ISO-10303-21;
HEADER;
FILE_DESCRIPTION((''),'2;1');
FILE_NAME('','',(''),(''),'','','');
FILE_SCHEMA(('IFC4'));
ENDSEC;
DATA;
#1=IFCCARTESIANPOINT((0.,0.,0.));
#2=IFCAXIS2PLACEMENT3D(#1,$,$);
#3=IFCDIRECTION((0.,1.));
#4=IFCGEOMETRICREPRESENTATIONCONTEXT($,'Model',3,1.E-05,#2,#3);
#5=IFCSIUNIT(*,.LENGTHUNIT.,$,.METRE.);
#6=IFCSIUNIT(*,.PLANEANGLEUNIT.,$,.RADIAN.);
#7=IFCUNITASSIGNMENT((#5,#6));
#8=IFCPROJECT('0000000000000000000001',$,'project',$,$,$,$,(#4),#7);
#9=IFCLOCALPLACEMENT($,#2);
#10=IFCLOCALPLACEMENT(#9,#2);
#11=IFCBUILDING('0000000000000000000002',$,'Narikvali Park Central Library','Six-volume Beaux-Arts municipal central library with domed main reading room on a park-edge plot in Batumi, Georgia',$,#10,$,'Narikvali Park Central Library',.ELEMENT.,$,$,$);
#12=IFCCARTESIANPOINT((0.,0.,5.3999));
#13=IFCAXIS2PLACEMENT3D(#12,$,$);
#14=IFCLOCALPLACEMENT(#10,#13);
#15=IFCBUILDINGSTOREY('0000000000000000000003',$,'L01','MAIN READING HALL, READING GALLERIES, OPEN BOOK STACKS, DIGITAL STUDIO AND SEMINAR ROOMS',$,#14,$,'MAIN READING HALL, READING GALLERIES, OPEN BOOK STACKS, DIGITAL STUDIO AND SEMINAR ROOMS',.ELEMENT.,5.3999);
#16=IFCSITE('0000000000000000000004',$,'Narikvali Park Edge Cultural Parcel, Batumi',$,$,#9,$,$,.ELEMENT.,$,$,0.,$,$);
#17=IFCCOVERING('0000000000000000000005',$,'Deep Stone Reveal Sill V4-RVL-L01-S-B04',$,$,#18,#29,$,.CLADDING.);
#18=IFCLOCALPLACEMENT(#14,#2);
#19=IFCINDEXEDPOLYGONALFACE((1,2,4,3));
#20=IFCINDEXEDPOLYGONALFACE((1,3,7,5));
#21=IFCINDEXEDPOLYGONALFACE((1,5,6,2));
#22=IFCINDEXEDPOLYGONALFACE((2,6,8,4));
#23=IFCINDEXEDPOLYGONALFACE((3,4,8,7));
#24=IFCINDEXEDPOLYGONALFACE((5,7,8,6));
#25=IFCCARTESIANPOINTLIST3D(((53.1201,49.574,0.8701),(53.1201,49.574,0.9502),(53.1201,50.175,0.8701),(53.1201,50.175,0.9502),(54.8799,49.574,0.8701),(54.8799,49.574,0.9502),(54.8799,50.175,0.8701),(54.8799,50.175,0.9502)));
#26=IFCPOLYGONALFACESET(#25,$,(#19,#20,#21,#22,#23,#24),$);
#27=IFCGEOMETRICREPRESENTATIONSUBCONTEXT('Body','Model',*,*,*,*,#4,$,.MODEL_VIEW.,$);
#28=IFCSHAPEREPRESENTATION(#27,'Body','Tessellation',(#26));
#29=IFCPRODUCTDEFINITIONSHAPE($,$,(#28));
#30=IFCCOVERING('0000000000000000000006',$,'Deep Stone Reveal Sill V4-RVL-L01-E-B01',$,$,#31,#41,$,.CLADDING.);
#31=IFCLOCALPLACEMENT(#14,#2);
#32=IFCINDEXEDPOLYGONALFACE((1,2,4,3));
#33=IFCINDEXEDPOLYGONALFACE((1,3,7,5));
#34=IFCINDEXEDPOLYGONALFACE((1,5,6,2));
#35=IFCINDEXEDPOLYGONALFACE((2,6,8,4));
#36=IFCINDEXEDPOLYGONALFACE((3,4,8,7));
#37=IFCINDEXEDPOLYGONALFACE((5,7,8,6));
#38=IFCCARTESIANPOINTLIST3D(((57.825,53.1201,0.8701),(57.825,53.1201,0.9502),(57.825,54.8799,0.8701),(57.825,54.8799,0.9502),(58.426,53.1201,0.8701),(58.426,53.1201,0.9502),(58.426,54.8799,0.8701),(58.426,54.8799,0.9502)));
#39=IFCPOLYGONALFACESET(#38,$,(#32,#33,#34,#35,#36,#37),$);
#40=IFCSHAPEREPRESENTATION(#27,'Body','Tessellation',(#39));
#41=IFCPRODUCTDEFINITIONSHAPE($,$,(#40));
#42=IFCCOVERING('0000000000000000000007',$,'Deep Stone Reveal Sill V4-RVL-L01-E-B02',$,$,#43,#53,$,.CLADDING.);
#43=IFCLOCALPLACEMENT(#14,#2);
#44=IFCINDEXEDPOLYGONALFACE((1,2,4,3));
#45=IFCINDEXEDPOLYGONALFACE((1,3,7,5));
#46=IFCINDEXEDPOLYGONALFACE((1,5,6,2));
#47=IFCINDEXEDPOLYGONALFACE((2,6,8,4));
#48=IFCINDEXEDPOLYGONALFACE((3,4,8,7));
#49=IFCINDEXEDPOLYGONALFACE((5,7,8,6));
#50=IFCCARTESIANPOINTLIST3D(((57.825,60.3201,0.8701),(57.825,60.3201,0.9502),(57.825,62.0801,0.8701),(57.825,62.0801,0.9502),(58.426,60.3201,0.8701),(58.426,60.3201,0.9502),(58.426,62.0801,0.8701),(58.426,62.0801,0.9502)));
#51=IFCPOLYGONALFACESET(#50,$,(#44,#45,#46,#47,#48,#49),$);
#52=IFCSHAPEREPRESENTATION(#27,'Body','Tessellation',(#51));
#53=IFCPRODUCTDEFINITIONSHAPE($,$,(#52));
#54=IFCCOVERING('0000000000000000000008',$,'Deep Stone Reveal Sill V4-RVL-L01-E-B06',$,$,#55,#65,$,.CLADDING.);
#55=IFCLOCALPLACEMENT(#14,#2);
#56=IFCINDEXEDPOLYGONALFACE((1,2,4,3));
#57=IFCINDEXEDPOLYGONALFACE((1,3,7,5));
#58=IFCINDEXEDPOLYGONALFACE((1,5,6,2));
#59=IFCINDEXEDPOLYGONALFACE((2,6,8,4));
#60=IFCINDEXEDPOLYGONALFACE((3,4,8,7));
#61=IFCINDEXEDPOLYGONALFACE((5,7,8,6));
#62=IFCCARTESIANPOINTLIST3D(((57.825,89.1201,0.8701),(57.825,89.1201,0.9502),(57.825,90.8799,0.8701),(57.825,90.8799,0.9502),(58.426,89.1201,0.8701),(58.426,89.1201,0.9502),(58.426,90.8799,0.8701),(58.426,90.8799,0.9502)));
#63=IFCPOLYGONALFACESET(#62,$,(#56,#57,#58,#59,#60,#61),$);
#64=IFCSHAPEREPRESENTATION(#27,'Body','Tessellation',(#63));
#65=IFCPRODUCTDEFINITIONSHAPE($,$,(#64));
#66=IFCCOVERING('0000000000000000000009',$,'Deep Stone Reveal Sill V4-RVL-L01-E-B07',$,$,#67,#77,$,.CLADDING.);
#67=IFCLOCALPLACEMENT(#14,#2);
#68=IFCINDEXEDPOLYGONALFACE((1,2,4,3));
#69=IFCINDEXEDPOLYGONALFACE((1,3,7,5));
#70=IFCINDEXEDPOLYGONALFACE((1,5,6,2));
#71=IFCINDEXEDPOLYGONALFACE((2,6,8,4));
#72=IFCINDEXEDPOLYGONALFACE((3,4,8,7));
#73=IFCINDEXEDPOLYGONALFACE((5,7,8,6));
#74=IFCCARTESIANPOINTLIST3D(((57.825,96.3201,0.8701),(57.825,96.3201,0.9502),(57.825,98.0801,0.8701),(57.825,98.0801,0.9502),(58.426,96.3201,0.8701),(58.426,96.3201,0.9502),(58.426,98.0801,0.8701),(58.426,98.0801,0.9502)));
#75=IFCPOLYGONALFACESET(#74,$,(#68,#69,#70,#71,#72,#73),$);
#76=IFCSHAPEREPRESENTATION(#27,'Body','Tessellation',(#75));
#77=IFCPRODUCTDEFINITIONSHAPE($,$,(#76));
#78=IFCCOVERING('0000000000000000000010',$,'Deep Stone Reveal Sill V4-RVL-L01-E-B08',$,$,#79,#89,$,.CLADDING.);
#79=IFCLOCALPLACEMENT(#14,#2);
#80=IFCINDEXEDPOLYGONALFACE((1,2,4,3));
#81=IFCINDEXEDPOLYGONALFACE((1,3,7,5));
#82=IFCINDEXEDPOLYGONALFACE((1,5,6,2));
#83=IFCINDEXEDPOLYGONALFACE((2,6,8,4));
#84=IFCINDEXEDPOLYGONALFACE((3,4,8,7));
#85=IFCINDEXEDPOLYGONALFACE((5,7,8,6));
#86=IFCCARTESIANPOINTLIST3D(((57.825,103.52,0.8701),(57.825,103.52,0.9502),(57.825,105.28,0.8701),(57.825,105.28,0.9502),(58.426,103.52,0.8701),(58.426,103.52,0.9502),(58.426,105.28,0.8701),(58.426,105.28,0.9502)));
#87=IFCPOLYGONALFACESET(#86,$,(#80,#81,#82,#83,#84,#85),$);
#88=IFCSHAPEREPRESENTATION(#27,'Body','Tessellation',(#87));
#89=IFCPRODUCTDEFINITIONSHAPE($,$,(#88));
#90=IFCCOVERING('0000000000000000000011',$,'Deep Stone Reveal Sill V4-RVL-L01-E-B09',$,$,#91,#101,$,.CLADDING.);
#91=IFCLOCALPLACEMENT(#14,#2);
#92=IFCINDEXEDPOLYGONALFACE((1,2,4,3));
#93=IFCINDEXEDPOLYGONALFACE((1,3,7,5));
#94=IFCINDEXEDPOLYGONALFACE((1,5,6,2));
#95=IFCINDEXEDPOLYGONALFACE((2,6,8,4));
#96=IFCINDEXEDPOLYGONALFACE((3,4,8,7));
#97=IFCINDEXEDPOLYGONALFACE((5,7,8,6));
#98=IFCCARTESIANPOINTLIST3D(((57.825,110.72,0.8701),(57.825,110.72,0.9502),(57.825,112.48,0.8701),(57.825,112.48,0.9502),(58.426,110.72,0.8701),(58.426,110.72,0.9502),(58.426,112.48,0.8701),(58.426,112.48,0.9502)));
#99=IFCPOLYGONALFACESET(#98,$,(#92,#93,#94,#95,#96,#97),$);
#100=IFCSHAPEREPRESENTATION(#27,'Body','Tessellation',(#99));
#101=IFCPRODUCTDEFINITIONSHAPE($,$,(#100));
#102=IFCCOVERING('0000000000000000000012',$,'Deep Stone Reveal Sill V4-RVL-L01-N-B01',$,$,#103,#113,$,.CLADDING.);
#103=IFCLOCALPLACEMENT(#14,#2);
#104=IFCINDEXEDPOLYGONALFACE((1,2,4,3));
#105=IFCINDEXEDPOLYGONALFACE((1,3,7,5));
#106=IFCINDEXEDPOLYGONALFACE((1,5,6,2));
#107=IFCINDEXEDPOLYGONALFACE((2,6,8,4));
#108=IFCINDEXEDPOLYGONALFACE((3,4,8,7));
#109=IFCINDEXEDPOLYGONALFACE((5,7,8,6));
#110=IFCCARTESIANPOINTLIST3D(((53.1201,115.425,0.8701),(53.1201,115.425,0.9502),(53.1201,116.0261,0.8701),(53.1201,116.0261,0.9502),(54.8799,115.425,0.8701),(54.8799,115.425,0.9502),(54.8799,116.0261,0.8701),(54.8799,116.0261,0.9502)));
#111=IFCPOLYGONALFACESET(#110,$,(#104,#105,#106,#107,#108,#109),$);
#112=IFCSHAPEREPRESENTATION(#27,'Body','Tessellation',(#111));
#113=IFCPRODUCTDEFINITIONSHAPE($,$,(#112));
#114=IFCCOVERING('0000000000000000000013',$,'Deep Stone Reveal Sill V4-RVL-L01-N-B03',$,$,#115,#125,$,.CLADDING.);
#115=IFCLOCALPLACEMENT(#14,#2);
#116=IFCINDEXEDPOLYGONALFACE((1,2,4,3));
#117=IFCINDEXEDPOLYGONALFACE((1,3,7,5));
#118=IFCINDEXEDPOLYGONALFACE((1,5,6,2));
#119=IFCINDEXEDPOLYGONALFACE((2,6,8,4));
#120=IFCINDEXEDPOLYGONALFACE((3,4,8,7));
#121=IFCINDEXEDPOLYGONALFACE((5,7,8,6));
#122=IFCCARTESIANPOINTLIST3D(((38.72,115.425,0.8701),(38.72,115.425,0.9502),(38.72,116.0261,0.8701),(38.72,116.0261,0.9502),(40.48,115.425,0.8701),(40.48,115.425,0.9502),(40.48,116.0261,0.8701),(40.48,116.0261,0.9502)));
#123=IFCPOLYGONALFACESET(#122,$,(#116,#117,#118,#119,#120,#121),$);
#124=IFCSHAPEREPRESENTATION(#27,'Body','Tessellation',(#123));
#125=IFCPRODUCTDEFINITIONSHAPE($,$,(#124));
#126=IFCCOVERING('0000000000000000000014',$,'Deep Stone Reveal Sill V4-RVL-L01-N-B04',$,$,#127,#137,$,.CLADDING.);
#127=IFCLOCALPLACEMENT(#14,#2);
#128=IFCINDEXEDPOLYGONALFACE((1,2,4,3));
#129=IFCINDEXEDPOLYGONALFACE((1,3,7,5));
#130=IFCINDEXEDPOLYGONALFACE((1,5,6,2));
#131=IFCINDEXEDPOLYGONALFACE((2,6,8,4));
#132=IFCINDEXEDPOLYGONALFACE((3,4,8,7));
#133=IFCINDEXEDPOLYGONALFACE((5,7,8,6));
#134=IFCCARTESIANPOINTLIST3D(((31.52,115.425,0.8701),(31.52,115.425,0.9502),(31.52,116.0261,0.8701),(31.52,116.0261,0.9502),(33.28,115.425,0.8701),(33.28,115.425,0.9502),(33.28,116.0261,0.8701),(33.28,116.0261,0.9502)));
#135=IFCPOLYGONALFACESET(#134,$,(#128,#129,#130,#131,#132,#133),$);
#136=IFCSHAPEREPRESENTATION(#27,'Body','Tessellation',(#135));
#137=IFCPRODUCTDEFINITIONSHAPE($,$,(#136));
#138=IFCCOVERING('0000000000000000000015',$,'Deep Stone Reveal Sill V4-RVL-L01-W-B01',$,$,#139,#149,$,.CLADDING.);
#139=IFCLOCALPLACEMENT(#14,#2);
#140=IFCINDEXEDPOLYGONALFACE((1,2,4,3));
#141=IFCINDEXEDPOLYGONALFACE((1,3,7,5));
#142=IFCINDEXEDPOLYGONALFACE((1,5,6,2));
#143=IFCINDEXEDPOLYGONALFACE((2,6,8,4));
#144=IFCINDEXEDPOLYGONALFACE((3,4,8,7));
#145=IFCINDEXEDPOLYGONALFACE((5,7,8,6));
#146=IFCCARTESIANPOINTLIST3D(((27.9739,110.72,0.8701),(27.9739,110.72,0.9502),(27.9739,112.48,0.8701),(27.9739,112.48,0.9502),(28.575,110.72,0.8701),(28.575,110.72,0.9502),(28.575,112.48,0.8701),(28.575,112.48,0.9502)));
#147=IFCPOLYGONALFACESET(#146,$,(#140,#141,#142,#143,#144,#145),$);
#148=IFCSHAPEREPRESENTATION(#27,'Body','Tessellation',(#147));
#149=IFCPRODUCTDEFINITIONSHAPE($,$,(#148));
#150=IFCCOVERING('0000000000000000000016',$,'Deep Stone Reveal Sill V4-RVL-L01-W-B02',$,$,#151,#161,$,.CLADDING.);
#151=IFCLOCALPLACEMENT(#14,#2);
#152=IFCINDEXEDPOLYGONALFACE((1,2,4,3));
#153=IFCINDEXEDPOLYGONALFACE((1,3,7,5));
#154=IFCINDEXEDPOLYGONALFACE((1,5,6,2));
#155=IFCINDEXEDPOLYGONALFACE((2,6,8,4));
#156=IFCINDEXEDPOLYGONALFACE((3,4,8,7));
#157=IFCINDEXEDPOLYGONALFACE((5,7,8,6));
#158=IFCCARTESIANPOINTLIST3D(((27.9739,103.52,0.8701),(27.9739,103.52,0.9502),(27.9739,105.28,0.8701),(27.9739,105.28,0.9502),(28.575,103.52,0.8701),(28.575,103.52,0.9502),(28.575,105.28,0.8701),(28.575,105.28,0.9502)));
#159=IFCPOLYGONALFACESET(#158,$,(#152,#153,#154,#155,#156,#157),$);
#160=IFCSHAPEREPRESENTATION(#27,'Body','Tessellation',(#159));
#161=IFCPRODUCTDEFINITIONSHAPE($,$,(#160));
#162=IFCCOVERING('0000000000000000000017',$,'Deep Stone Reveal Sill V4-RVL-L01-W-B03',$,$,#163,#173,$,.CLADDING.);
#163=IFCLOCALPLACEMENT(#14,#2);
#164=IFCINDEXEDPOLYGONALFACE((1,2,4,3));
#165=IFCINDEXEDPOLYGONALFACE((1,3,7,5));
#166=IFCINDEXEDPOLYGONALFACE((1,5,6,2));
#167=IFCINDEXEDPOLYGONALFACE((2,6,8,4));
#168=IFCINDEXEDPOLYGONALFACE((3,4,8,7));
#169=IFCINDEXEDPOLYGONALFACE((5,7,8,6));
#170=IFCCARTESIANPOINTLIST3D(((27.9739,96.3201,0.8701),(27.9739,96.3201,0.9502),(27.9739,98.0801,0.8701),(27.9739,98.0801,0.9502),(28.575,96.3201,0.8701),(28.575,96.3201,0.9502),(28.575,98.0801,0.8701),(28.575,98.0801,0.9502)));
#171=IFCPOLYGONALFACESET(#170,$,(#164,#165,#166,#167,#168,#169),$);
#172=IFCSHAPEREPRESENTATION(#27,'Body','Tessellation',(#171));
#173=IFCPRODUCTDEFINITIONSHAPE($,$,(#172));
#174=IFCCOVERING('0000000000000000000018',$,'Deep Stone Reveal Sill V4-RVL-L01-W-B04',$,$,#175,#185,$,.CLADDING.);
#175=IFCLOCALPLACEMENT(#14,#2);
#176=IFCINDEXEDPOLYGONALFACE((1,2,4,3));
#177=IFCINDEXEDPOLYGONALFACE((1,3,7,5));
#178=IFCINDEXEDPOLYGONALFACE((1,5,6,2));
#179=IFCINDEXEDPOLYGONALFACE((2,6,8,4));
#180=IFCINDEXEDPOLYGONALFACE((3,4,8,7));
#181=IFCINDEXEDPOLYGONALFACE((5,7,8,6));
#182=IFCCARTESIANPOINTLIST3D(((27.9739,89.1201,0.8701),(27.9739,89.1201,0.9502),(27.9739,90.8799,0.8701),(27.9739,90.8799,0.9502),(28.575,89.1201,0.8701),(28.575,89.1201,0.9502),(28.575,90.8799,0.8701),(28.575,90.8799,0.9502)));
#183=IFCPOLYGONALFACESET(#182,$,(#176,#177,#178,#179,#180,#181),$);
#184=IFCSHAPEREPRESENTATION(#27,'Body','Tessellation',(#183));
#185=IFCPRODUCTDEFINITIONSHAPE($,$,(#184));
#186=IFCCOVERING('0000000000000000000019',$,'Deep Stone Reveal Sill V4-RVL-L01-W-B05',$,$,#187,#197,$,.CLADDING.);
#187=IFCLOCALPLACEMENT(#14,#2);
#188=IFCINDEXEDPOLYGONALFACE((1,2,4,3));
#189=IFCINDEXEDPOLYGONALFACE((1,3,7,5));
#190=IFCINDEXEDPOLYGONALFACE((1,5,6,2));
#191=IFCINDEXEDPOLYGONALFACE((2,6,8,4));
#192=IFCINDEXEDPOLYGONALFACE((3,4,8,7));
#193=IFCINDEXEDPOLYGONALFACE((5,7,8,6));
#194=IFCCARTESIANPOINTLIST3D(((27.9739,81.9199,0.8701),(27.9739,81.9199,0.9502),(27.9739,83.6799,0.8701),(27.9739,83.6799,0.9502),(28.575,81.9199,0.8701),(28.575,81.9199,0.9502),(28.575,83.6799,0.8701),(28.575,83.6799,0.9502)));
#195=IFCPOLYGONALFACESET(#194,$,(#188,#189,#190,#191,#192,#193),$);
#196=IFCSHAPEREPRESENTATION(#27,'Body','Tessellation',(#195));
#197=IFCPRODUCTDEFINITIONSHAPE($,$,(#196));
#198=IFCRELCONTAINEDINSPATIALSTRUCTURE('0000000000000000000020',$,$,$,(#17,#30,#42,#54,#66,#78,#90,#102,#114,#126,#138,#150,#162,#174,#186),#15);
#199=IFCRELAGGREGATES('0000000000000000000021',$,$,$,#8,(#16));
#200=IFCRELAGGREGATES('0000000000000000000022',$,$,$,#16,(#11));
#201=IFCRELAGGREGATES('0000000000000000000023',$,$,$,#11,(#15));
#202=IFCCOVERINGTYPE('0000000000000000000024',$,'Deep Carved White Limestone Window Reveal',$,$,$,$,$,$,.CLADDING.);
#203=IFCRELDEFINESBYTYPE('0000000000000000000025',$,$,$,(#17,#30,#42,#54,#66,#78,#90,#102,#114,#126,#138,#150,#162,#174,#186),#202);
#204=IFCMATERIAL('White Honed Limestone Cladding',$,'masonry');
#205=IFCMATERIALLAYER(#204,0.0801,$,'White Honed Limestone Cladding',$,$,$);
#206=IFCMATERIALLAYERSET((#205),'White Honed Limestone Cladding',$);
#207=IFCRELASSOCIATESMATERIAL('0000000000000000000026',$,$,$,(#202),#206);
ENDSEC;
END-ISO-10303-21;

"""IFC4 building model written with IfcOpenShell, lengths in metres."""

from ifc_helpers import new_model, si_unit, direction, frame, origin, place, context, subcontext, project, spatial, polyline, outline, extrude, material, layer, layer_set, type_object, element, save


model = new_model("IFC4")

# Units and contexts
model_context = context("Model", 3, precision=1e-05, world=origin(), true_north=direction((0.0, 1.0)))
body_context = subcontext(model_context, "Body", "Model", "MODEL_VIEW")
ifc_project = project(units=[si_unit("LENGTHUNIT", "METRE"), si_unit("PLANEANGLEUNIT", "RADIAN")], contexts=[model_context])

# Site, building, storey
site_placement = place(None, origin())
site = spatial("IfcSite", under=ifc_project, at=site_placement, Name="Narikvali Park Edge Cultural Parcel, Batumi", CompositionType="ELEMENT", RefElevation=0.0)
building_placement = place(site_placement, origin())
building = spatial("IfcBuilding", under=site, at=building_placement, Name="Narikvali Park Central Library", Description="Six-volume Beaux-Arts municipal central library with domed main reading room on a park-edge plot in Batumi, Georgia", LongName="Narikvali Park Central Library", CompositionType="ELEMENT")
storey_placement = place(building_placement, frame((0.0, 0.0, 5.3999)))
storey = spatial("IfcBuildingStorey", under=building, at=storey_placement, Name="L01", Description="MAIN READING HALL, READING GALLERIES, OPEN BOOK STACKS, DIGITAL STUDIO AND SEMINAR ROOMS", LongName="MAIN READING HALL, READING GALLERIES, OPEN BOOK STACKS, DIGITAL STUDIO AND SEMINAR ROOMS", CompositionType="ELEMENT", Elevation=5.3999)

# Coverings
ifc_material = material(Name="White Honed Limestone Cladding", Category="masonry")
ifc_layer = layer(ifc_material, 0.0801, Name="White Honed Limestone Cladding")
ifc_layer_set = layer_set([ifc_layer], Name="White Honed Limestone Cladding")
covering_type = type_object("IfcCoveringType", Name="Deep Carved White Limestone Window Reveal", PredefinedType="CLADDING", material=ifc_layer_set)
covering_1_placement = place(storey_placement, frame((0.0, 0.0, 0.8701)))
element("IfcCovering", 1, at=covering_1_placement, inside=storey, type_object=covering_type, Name="Deep Stone Reveal Sill V4-RVL-L01-S-B04", PredefinedType="CLADDING", context=body_context, shape_type="SweptSolid", body=[
    extrude(outline(polyline([(53.1201, 50.175), (54.8799, 50.175), (54.8799, 49.574), (53.1201, 49.574), (53.1201, 50.175)])), origin(), (0.0, 0.0, 1.0), 0.0801),
])
covering_2_placement = place(storey_placement, frame((0.0, 0.0, 0.8701)))
element("IfcCovering", 2, at=covering_2_placement, inside=storey, type_object=covering_type, Name="Deep Stone Reveal Sill V4-RVL-L01-E-B01", PredefinedType="CLADDING", context=body_context, shape_type="SweptSolid", body=[
    extrude(outline(polyline([(57.825, 53.1201), (57.825, 54.8799), (58.426, 54.8799), (58.426, 53.1201), (57.825, 53.1201)])), origin(), (0.0, 0.0, 1.0), 0.0801),
])
covering_3_placement = place(storey_placement, frame((0.0, 0.0, 0.8701)))
element("IfcCovering", 3, at=covering_3_placement, inside=storey, type_object=covering_type, Name="Deep Stone Reveal Sill V4-RVL-L01-E-B02", PredefinedType="CLADDING", context=body_context, shape_type="SweptSolid", body=[
    extrude(outline(polyline([(57.825, 60.3201), (57.825, 62.0801), (58.426, 62.0801), (58.426, 60.3201), (57.825, 60.3201)])), origin(), (0.0, 0.0, 1.0), 0.0801),
])
covering_4_placement = place(storey_placement, frame((0.0, 0.0, 0.8701)))
element("IfcCovering", 4, at=covering_4_placement, inside=storey, type_object=covering_type, Name="Deep Stone Reveal Sill V4-RVL-L01-E-B06", PredefinedType="CLADDING", context=body_context, shape_type="SweptSolid", body=[
    extrude(outline(polyline([(57.825, 89.1201), (57.825, 90.8799), (58.426, 90.8799), (58.426, 89.1201), (57.825, 89.1201)])), origin(), (0.0, 0.0, 1.0), 0.0801),
])
covering_5_placement = place(storey_placement, frame((0.0, 0.0, 0.8701)))
element("IfcCovering", 5, at=covering_5_placement, inside=storey, type_object=covering_type, Name="Deep Stone Reveal Sill V4-RVL-L01-E-B07", PredefinedType="CLADDING", context=body_context, shape_type="SweptSolid", body=[
    extrude(outline(polyline([(57.825, 96.3201), (57.825, 98.0801), (58.426, 98.0801), (58.426, 96.3201), (57.825, 96.3201)])), origin(), (0.0, 0.0, 1.0), 0.0801),
])
covering_6_placement = place(storey_placement, frame((0.0, 0.0, 0.8701)))
element("IfcCovering", 6, at=covering_6_placement, inside=storey, type_object=covering_type, Name="Deep Stone Reveal Sill V4-RVL-L01-E-B08", PredefinedType="CLADDING", context=body_context, shape_type="SweptSolid", body=[
    extrude(outline(polyline([(57.825, 103.52), (57.825, 105.28), (58.426, 105.28), (58.426, 103.52), (57.825, 103.52)])), origin(), (0.0, 0.0, 1.0), 0.0801),
])
covering_7_placement = place(storey_placement, frame((0.0, 0.0, 0.8701)))
element("IfcCovering", 7, at=covering_7_placement, inside=storey, type_object=covering_type, Name="Deep Stone Reveal Sill V4-RVL-L01-E-B09", PredefinedType="CLADDING", context=body_context, shape_type="SweptSolid", body=[
    extrude(outline(polyline([(57.825, 110.72), (57.825, 112.48), (58.426, 112.48), (58.426, 110.72), (57.825, 110.72)])), origin(), (0.0, 0.0, 1.0), 0.0801),
])
covering_8_placement = place(storey_placement, frame((0.0, 0.0, 0.8701)))
element("IfcCovering", 8, at=covering_8_placement, inside=storey, type_object=covering_type, Name="Deep Stone Reveal Sill V4-RVL-L01-N-B01", PredefinedType="CLADDING", context=body_context, shape_type="SweptSolid", body=[
    extrude(outline(polyline([(54.8799, 115.425), (53.1201, 115.425), (53.1201, 116.0261), (54.8799, 116.0261), (54.8799, 115.425)])), origin(), (0.0, 0.0, 1.0), 0.0801),
])
covering_9_placement = place(storey_placement, frame((0.0, 0.0, 0.8701)))
element("IfcCovering", 9, at=covering_9_placement, inside=storey, type_object=covering_type, Name="Deep Stone Reveal Sill V4-RVL-L01-N-B03", PredefinedType="CLADDING", context=body_context, shape_type="SweptSolid", body=[
    extrude(outline(polyline([(40.48, 115.425), (38.72, 115.425), (38.72, 116.0261), (40.48, 116.0261), (40.48, 115.425)])), origin(), (0.0, 0.0, 1.0), 0.0801),
])
covering_10_placement = place(storey_placement, frame((0.0, 0.0, 0.8701)))
element("IfcCovering", 10, at=covering_10_placement, inside=storey, type_object=covering_type, Name="Deep Stone Reveal Sill V4-RVL-L01-N-B04", PredefinedType="CLADDING", context=body_context, shape_type="SweptSolid", body=[
    extrude(outline(polyline([(33.28, 115.425), (31.52, 115.425), (31.52, 116.0261), (33.28, 116.0261), (33.28, 115.425)])), origin(), (0.0, 0.0, 1.0), 0.0801),
])
covering_11_placement = place(storey_placement, frame((0.0, 0.0, 0.8701)))
element("IfcCovering", 11, at=covering_11_placement, inside=storey, type_object=covering_type, Name="Deep Stone Reveal Sill V4-RVL-L01-W-B01", PredefinedType="CLADDING", context=body_context, shape_type="SweptSolid", body=[
    extrude(outline(polyline([(28.575, 112.48), (28.575, 110.72), (27.9739, 110.72), (27.9739, 112.48), (28.575, 112.48)])), origin(), (0.0, 0.0, 1.0), 0.0801),
])
covering_12_placement = place(storey_placement, frame((0.0, 0.0, 0.8701)))
element("IfcCovering", 12, at=covering_12_placement, inside=storey, type_object=covering_type, Name="Deep Stone Reveal Sill V4-RVL-L01-W-B02", PredefinedType="CLADDING", context=body_context, shape_type="SweptSolid", body=[
    extrude(outline(polyline([(28.575, 105.28), (28.575, 103.52), (27.9739, 103.52), (27.9739, 105.28), (28.575, 105.28)])), origin(), (0.0, 0.0, 1.0), 0.0801),
])
covering_13_placement = place(storey_placement, frame((0.0, 0.0, 0.8701)))
element("IfcCovering", 13, at=covering_13_placement, inside=storey, type_object=covering_type, Name="Deep Stone Reveal Sill V4-RVL-L01-W-B03", PredefinedType="CLADDING", context=body_context, shape_type="SweptSolid", body=[
    extrude(outline(polyline([(28.575, 98.0801), (28.575, 96.3201), (27.9739, 96.3201), (27.9739, 98.0801), (28.575, 98.0801)])), origin(), (0.0, 0.0, 1.0), 0.0801),
])
covering_14_placement = place(storey_placement, frame((0.0, 0.0, 0.8701)))
element("IfcCovering", 14, at=covering_14_placement, inside=storey, type_object=covering_type, Name="Deep Stone Reveal Sill V4-RVL-L01-W-B04", PredefinedType="CLADDING", context=body_context, shape_type="SweptSolid", body=[
    extrude(outline(polyline([(28.575, 90.8799), (28.575, 89.1201), (27.9739, 89.1201), (27.9739, 90.8799), (28.575, 90.8799)])), origin(), (0.0, 0.0, 1.0), 0.0801),
])
covering_15_placement = place(storey_placement, frame((0.0, 0.0, 0.8701)))
element("IfcCovering", 15, at=covering_15_placement, inside=storey, type_object=covering_type, Name="Deep Stone Reveal Sill V4-RVL-L01-W-B05", PredefinedType="CLADDING", context=body_context, shape_type="SweptSolid", body=[
    extrude(outline(polyline([(28.575, 83.6799), (28.575, 81.9199), (27.9739, 81.9199), (27.9739, 83.6799), (28.575, 83.6799)])), origin(), (0.0, 0.0, 1.0), 0.0801),
])

save(model, "model.ifc")
